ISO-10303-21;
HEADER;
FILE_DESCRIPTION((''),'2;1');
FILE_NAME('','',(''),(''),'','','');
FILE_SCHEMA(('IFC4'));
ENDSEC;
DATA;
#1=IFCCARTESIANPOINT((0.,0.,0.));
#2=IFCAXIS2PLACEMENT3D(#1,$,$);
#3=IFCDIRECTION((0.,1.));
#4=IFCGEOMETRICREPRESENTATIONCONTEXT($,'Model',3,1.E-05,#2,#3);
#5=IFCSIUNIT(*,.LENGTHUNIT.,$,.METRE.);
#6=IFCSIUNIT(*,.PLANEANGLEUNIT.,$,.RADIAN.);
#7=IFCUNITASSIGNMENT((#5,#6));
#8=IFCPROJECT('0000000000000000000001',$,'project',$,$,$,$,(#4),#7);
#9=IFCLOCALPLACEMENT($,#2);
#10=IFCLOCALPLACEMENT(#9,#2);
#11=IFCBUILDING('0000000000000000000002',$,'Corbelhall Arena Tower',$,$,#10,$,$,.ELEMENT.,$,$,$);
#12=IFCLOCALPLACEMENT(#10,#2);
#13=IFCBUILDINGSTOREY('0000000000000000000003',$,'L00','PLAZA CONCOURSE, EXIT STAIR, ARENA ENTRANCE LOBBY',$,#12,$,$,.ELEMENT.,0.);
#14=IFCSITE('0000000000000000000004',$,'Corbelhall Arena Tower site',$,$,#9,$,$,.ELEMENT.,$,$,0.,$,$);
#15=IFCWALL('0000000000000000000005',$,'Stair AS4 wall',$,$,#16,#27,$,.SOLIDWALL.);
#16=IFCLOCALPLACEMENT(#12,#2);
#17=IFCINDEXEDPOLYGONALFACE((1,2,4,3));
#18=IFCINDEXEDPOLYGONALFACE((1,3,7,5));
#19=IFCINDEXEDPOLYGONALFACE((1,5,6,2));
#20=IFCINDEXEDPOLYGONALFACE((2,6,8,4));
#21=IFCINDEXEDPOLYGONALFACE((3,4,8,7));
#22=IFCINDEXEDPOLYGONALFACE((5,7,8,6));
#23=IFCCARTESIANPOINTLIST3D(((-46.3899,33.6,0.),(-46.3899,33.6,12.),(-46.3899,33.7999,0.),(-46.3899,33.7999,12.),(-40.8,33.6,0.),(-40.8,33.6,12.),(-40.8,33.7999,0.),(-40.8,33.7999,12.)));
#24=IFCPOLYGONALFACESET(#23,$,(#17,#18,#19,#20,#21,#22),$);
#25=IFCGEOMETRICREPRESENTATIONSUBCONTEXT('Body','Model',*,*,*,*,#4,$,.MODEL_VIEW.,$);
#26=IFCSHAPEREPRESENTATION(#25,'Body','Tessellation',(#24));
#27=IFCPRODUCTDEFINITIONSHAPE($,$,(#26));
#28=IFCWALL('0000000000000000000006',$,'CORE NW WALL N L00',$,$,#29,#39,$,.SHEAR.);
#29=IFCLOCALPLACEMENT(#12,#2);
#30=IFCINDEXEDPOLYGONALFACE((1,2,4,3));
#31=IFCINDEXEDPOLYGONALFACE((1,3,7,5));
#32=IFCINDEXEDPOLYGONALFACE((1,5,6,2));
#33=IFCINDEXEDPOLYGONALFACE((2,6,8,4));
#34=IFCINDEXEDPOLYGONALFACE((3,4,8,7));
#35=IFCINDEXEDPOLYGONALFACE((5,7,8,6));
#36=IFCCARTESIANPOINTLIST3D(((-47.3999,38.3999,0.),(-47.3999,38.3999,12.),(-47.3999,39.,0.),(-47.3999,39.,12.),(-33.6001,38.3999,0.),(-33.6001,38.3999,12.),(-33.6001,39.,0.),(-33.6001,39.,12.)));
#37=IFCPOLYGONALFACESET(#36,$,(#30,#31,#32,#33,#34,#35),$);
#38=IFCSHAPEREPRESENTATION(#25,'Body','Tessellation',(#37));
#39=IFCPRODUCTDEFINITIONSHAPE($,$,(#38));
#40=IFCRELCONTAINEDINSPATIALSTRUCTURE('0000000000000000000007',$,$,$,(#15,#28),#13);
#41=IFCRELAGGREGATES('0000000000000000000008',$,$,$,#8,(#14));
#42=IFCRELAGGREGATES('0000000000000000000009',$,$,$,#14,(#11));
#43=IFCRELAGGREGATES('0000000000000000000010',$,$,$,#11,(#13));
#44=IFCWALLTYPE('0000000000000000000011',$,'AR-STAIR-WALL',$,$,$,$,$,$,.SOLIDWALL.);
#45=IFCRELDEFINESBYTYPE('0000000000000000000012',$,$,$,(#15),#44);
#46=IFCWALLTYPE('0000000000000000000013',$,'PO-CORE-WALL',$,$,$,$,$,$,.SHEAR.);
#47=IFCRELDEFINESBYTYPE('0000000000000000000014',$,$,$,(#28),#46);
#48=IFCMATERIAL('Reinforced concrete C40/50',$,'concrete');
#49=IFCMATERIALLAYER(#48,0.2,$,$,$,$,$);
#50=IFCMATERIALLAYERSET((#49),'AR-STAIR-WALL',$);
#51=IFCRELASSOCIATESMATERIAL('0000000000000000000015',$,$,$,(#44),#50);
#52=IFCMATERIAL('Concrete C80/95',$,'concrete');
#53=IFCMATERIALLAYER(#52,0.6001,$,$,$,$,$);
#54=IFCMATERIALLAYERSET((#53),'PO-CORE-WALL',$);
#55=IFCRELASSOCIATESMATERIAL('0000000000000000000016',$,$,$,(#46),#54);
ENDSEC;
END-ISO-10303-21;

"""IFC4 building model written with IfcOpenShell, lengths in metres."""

from ifc_helpers import new_model, si_unit, direction, frame, frame_2d, origin, place, context, subcontext, project, spatial, rectangle, extrude, material, layer, layer_set, type_object, element, save


model = new_model("IFC4")

# Units and contexts
model_context = context("Model", 3, precision=1e-05, world=origin(), true_north=direction((0.0, 1.0)))
body_context = subcontext(model_context, "Body", "Model", "MODEL_VIEW")
ifc_project = project(units=[si_unit("LENGTHUNIT", "METRE"), si_unit("PLANEANGLEUNIT", "RADIAN")], contexts=[model_context])

# Site, building, storey
site_placement = place(None, origin())
site = spatial("IfcSite", under=ifc_project, at=site_placement, Name="Corbelhall Arena Tower site", CompositionType="ELEMENT", RefElevation=0.0)
building_placement = place(site_placement, origin())
building = spatial("IfcBuilding", under=site, at=building_placement, Name="Corbelhall Arena Tower", CompositionType="ELEMENT")
storey_placement = place(building_placement, origin())
storey = spatial("IfcBuildingStorey", under=building, at=storey_placement, Name="L00", Description="PLAZA CONCOURSE, EXIT STAIR, ARENA ENTRANCE LOBBY", CompositionType="ELEMENT", Elevation=0.0)

# Shared definitions
ifc_material_1 = material(Name="Reinforced concrete C40/50", Category="concrete")

# Walls
ifc_layer_1 = layer(ifc_material_1, 0.2)
ifc_layer_set_1 = layer_set([ifc_layer_1], Name="AR-STAIR-WALL")
wall_type_1 = type_object("IfcWallType", Name="AR-STAIR-WALL", PredefinedType="SOLIDWALL", material=ifc_layer_set_1)
for number, where, z_axis, x_axis, name in (
    (1, (-46.3899, 33.7, 0.0), (0.0, 0.0, 1.0), (1.0, 0.0, 0.0), "Stair AS4 wall"),
):
    element("IfcWall", number, at=place(storey_placement, frame(where, z_axis=z_axis, x_axis=x_axis)), inside=storey, type_object=wall_type_1, Name=name, PredefinedType="SOLIDWALL", context=body_context, shape_type="SweptSolid", body=[
        extrude(rectangle(XDim=5.5898, YDim=0.2, at=frame_2d((2.7949, 0.0))), origin(), (0.0, 0.0, 1.0), 12.0),
    ])
ifc_material_2 = material(Name="Concrete C80/95", Category="concrete")
ifc_layer_2 = layer(ifc_material_2, 0.6001)
ifc_layer_set_2 = layer_set([ifc_layer_2], Name="PO-CORE-WALL")
wall_type_2 = type_object("IfcWallType", Name="PO-CORE-WALL", PredefinedType="SHEAR", material=ifc_layer_set_2)
wall_1_placement = place(storey_placement, frame((-47.3999, 38.7, 0.0), z_axis=(0.0, 0.0, 1.0), x_axis=(1.0, 0.0, 0.0)))
element("IfcWall", 2, at=wall_1_placement, inside=storey, type_object=wall_type_2, Name="CORE NW WALL N L00", PredefinedType="SHEAR", context=body_context, shape_type="SweptSolid", body=[
    extrude(rectangle(XDim=13.7998, YDim=0.6001, at=frame_2d((6.8999, 0.0))), origin(), (0.0, 0.0, 1.0), 12.0),
])

save(model, "model.ifc")
